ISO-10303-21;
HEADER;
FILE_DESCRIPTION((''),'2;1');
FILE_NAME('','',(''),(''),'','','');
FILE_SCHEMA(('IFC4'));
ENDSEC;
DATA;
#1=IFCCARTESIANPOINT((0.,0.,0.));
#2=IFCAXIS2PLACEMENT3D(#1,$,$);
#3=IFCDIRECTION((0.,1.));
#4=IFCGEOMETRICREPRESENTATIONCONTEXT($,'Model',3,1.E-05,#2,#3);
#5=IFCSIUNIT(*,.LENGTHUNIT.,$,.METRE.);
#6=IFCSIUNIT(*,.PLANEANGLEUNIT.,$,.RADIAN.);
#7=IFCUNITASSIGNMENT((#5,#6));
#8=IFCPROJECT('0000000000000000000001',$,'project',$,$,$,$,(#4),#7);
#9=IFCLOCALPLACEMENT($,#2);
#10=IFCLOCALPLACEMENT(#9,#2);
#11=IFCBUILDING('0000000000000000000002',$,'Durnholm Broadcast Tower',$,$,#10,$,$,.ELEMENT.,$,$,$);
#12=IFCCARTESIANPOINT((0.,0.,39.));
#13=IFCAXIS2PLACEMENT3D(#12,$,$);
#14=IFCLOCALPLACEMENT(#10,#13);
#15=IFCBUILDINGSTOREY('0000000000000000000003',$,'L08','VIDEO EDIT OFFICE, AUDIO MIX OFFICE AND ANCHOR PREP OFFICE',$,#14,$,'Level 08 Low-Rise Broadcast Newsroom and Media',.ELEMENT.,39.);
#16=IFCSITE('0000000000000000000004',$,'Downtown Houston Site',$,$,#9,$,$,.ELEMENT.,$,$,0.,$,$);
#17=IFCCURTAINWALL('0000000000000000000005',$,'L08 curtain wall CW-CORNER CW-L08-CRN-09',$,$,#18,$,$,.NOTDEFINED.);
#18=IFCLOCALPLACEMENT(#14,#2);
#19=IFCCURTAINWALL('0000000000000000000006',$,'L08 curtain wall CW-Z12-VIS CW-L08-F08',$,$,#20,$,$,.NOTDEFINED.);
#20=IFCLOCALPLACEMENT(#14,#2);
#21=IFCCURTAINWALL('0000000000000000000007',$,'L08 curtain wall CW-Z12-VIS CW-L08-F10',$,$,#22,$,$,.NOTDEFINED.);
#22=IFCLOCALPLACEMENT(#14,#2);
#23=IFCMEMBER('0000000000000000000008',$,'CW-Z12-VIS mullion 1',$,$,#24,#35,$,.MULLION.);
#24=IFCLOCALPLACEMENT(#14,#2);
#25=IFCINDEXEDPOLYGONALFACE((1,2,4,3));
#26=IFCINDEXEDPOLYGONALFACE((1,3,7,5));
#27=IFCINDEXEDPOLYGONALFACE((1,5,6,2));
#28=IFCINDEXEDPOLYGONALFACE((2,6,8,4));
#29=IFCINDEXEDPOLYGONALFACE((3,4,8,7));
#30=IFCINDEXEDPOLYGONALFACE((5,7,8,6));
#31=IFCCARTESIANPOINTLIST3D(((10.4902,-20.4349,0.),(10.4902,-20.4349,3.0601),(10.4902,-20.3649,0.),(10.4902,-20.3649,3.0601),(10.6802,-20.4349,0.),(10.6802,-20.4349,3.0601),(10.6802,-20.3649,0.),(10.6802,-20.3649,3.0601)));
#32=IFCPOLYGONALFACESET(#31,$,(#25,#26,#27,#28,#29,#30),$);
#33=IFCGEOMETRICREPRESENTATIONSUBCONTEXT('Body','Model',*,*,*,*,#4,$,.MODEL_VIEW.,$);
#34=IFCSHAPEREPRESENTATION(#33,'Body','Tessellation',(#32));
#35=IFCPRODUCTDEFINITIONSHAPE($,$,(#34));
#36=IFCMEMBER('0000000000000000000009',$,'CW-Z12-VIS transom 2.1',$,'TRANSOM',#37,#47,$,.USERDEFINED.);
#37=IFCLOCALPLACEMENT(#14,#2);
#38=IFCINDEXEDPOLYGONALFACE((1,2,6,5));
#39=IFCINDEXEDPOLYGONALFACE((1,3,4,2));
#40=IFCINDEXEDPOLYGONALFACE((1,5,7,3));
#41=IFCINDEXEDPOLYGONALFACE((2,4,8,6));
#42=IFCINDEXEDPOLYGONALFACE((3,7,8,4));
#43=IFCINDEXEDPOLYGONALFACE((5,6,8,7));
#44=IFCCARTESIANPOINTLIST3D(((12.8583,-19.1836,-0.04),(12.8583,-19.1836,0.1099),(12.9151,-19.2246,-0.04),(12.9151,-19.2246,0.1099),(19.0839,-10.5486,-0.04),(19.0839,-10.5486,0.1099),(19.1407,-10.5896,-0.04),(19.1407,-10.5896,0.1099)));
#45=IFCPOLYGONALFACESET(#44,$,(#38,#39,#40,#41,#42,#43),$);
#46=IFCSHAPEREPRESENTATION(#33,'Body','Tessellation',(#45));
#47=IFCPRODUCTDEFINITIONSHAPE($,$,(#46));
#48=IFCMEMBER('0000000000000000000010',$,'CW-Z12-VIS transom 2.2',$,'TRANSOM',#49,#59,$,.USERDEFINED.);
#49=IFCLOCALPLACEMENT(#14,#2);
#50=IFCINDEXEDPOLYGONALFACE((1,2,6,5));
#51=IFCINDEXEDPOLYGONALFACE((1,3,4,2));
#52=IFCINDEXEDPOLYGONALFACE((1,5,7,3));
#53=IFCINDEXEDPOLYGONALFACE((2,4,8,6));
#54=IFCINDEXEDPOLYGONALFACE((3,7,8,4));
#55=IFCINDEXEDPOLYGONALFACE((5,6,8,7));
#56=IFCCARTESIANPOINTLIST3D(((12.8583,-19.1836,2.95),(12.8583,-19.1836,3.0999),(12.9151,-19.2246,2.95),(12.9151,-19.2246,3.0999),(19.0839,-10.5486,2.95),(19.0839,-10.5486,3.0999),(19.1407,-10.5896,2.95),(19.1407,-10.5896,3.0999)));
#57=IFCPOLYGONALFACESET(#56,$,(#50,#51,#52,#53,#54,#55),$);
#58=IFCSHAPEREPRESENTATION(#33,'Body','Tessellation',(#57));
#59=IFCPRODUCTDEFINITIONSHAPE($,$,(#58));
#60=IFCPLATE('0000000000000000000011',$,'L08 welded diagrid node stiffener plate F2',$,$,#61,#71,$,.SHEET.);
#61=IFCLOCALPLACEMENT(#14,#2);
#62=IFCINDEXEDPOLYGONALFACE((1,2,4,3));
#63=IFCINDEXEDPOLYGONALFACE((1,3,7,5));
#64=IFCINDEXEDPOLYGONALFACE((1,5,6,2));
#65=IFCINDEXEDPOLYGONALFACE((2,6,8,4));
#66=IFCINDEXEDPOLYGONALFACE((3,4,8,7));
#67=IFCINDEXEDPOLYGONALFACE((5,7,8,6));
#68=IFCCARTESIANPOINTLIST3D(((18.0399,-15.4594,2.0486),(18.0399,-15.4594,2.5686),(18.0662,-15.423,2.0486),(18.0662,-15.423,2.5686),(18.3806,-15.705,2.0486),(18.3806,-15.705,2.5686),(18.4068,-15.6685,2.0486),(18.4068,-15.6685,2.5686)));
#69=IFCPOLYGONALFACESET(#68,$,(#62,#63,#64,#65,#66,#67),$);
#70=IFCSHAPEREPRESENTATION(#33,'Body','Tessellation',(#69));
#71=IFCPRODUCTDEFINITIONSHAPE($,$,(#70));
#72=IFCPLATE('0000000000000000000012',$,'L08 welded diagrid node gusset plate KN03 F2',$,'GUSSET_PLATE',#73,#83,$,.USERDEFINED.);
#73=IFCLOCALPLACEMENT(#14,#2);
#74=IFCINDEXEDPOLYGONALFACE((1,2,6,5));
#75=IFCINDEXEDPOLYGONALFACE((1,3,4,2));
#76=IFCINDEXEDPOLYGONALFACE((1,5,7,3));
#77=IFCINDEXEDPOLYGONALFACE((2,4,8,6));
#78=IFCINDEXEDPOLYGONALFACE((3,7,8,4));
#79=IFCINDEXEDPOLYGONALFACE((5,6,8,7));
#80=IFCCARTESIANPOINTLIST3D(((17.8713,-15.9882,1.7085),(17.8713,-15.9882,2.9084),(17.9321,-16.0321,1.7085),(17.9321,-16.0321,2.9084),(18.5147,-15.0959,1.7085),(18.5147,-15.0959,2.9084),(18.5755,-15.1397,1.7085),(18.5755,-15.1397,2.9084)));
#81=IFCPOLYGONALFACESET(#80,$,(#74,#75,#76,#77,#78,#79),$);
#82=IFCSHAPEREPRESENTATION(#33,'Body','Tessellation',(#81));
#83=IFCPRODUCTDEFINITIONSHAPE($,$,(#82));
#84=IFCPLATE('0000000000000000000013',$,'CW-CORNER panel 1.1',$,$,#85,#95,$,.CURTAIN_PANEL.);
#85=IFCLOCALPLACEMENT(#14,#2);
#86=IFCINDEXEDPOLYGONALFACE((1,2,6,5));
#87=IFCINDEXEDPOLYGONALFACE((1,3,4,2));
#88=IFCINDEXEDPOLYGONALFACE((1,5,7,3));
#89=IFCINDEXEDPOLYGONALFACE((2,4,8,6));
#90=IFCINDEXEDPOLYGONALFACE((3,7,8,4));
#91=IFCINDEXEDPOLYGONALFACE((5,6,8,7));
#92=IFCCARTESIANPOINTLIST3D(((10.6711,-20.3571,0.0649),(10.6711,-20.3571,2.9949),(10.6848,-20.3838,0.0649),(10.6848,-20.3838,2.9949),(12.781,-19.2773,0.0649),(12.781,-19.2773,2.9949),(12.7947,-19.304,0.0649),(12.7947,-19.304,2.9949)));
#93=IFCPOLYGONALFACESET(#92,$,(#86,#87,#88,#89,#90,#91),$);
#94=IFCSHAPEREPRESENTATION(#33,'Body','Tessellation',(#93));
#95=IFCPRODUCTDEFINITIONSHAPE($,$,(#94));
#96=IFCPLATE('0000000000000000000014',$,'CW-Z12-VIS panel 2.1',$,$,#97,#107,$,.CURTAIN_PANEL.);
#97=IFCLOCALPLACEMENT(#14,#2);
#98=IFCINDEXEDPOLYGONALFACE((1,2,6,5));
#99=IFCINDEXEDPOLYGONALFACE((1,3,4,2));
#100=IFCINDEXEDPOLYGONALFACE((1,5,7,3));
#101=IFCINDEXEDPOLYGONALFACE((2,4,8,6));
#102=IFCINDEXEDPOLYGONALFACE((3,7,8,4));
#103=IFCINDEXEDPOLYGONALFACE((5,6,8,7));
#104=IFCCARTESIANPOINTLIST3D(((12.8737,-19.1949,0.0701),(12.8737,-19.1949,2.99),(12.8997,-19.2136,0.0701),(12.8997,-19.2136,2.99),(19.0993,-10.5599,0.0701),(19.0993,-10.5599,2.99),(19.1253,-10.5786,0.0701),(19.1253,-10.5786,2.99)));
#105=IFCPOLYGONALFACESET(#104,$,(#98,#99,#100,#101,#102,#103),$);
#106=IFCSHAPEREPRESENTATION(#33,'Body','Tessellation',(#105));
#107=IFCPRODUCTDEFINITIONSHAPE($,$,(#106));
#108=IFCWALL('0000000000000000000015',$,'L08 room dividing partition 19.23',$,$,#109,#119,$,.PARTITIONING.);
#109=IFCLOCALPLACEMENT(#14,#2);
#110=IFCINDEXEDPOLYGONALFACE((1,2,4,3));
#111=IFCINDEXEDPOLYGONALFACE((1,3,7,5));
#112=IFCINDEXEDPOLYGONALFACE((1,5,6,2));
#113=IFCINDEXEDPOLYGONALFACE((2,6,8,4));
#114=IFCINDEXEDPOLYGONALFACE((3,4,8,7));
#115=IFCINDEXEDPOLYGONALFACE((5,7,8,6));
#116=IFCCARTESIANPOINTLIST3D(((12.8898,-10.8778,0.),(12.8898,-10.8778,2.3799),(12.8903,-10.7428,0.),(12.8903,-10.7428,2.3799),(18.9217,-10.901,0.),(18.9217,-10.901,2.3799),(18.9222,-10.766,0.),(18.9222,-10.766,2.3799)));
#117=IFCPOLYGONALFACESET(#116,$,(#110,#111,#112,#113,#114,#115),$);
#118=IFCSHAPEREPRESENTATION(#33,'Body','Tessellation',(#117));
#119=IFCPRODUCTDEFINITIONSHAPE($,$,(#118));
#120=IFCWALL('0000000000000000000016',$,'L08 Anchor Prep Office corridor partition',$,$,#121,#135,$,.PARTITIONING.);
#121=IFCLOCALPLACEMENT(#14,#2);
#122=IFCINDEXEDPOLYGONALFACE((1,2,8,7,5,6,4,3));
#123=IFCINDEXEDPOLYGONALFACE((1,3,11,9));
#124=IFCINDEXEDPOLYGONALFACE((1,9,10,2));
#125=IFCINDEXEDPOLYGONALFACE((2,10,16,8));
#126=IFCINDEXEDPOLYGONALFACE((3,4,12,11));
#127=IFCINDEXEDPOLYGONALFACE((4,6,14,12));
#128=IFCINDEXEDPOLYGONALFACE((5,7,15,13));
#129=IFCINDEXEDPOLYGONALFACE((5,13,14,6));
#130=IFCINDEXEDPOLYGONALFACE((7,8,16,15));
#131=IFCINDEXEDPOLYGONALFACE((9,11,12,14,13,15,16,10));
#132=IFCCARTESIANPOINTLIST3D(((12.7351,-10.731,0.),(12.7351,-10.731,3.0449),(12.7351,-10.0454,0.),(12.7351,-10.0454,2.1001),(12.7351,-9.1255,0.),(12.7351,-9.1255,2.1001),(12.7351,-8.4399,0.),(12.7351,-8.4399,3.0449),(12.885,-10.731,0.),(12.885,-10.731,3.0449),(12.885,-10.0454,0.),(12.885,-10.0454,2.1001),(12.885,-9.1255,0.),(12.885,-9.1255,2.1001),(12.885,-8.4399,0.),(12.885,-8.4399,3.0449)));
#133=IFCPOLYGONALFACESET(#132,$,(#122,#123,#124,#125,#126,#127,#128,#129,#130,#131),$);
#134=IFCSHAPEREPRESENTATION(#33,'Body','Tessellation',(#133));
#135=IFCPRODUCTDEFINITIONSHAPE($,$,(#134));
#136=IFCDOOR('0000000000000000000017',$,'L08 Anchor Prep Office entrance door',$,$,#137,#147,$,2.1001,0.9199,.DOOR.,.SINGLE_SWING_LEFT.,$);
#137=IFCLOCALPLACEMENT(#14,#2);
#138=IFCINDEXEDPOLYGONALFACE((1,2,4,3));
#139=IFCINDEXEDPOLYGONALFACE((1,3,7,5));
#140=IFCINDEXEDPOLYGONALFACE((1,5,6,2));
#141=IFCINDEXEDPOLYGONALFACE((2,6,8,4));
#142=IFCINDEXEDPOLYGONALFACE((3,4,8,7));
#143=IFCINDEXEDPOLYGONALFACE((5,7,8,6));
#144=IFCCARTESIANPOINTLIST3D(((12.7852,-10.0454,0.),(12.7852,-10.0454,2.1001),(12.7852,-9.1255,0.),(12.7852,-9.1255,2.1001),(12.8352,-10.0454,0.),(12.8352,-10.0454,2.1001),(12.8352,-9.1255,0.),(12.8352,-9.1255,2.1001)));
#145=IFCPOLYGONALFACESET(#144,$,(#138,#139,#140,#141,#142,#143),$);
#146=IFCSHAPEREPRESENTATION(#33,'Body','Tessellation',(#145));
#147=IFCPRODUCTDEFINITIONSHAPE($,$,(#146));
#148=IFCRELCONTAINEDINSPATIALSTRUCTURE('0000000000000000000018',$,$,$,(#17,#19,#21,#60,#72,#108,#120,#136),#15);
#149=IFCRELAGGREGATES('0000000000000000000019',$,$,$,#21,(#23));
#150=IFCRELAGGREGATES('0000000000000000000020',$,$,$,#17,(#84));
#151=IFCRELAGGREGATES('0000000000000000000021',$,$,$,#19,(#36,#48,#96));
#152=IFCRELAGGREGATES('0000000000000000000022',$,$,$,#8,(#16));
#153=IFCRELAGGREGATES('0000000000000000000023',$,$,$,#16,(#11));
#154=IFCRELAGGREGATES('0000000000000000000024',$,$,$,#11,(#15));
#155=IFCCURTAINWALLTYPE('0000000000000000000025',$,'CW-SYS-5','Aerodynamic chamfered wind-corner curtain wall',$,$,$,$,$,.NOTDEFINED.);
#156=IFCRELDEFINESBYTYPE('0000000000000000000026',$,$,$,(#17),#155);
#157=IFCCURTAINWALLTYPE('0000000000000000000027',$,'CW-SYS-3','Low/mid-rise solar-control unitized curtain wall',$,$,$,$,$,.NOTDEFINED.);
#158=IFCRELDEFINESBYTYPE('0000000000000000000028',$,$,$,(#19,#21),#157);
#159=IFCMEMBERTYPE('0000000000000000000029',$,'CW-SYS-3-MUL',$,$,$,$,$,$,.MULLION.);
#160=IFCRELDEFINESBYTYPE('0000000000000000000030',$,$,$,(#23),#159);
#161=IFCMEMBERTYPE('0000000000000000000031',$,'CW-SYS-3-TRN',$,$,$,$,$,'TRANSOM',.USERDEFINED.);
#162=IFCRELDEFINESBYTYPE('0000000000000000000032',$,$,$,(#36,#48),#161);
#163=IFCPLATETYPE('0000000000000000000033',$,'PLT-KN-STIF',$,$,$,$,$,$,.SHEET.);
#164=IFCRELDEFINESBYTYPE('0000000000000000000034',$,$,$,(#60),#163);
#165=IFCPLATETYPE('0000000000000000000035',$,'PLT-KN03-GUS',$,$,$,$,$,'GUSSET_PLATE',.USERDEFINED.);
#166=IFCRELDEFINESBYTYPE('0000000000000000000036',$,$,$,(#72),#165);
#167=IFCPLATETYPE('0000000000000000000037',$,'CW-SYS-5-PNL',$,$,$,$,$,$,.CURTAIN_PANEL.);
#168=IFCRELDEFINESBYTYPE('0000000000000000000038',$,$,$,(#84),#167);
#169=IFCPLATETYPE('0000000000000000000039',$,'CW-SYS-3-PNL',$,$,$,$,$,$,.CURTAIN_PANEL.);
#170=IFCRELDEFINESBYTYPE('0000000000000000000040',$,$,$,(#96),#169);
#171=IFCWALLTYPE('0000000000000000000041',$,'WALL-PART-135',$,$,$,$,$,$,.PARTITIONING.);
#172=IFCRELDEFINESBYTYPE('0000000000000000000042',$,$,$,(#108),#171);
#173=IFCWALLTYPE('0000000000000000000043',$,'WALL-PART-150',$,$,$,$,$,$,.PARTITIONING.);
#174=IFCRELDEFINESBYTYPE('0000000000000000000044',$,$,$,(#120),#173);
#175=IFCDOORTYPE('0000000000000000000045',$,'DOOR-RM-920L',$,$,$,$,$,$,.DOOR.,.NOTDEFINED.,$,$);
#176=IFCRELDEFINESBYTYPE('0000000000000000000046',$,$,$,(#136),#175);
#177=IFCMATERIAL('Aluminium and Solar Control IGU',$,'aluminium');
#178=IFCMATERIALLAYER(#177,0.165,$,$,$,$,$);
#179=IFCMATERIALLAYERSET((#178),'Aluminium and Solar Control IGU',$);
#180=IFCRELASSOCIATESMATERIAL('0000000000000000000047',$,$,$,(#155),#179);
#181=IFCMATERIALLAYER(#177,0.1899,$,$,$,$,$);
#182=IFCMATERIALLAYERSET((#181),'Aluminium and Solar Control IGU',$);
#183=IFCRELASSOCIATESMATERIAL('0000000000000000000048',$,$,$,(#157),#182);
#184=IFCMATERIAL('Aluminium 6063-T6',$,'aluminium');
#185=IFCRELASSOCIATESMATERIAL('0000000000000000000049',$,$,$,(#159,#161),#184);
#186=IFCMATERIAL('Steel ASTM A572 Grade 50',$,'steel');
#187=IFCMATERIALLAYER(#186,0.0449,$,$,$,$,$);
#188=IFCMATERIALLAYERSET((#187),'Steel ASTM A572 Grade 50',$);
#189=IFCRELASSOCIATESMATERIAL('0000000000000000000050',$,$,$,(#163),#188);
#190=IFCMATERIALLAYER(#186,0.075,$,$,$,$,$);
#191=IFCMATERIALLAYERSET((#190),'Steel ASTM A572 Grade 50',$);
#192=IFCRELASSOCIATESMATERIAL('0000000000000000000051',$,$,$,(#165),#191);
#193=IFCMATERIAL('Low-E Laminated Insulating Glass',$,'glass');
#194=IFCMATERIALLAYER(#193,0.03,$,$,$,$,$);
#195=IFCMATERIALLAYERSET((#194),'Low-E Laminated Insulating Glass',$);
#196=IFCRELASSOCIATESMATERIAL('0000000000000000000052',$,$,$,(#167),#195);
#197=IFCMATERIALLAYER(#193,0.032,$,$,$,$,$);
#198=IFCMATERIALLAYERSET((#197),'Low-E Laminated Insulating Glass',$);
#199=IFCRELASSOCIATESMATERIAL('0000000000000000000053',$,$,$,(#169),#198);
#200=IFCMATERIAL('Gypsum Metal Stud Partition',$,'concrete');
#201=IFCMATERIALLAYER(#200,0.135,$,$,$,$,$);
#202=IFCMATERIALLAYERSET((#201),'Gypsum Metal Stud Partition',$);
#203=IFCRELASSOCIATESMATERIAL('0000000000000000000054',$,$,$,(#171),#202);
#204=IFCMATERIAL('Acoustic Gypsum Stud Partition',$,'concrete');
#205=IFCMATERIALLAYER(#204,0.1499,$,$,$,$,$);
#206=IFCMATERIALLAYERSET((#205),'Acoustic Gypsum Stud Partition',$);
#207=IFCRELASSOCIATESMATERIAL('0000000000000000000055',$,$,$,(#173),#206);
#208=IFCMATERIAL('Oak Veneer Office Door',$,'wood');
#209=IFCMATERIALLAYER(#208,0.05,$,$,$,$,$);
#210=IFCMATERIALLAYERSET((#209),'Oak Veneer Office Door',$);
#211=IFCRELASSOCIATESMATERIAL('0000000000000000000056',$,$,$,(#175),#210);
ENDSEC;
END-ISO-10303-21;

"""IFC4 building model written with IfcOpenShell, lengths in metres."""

from ifc_helpers import new_model, si_unit, direction, frame, frame_2d, origin, origin_2d, place, context, subcontext, project, spatial, rectangle, extrude, source, transform, mapped, material, layer, layer_set, material_profile, profile_set, type_object, type_shapes, element, fill, aggregate, save


model = new_model("IFC4")

# Units and contexts
model_context = context("Model", 3, precision=1e-05, world=origin(), true_north=direction((0.0, 1.0)))
body_context = subcontext(model_context, "Body", "Model", "MODEL_VIEW")
ifc_project = project(units=[si_unit("LENGTHUNIT", "METRE"), si_unit("PLANEANGLEUNIT", "RADIAN")], contexts=[model_context])

# Site, building, storey
site_placement = place(None, origin())
site = spatial("IfcSite", under=ifc_project, at=site_placement, Name="Downtown Houston Site", CompositionType="ELEMENT", RefElevation=0.0)
building_placement = place(site_placement, origin())
building = spatial("IfcBuilding", under=site, at=building_placement, Name="Durnholm Broadcast Tower", CompositionType="ELEMENT")
storey_placement = place(building_placement, frame((0.0, 0.0, 39.0)))
storey = spatial("IfcBuildingStorey", under=building, at=storey_placement, Name="L08", Description="VIDEO EDIT OFFICE, AUDIO MIX OFFICE AND ANCHOR PREP OFFICE", LongName="Level 08 Low-Rise Broadcast Newsroom and Media", CompositionType="ELEMENT", Elevation=39.0)

# Curtain walls
ifc_material_1 = material(Name="Aluminium and Solar Control IGU", Category="aluminium")
ifc_layer_1 = layer(ifc_material_1, 0.165)
ifc_layer_set_1 = layer_set([ifc_layer_1], Name="Aluminium and Solar Control IGU")
curtain_wall_type_1 = type_object("IfcCurtainWallType", Name="CW-SYS-5", Description="Aerodynamic chamfered wind-corner curtain wall", PredefinedType="NOTDEFINED", material=ifc_layer_set_1)
curtain_wall_1_placement = place(storey_placement, origin())
curtain_wall_1 = element("IfcCurtainWall", 1, at=curtain_wall_1_placement, inside=storey, type_object=curtain_wall_type_1, Name="L08 curtain wall CW-CORNER CW-L08-CRN-09", PredefinedType="NOTDEFINED")
ifc_material_2 = material(Name="Aluminium 6063-T6", Category="aluminium")
ifc_layer_2 = layer(ifc_material_1, 0.1899)
ifc_layer_set_2 = layer_set([ifc_layer_2], Name="Aluminium and Solar Control IGU")
curtain_wall_type_2 = type_object("IfcCurtainWallType", Name="CW-SYS-3", Description="Low/mid-rise solar-control unitized curtain wall", PredefinedType="NOTDEFINED", material=ifc_layer_set_2)
curtain_wall_2_placement = place(storey_placement, origin())
curtain_wall_2 = element("IfcCurtainWall", 2, at=curtain_wall_2_placement, inside=storey, type_object=curtain_wall_type_2, Name="L08 curtain wall CW-Z12-VIS CW-L08-F08", PredefinedType="NOTDEFINED")
ifc_material_profile_1 = material_profile(ifc_material_2, rectangle(XDim=0.0701, YDim=0.1899, at=origin_2d()), Name="CWM70X190")
ifc_profile_set_1 = profile_set([ifc_material_profile_1], Name="Aluminium 6063-T6")
member_type_1 = type_object("IfcMemberType", Name="CW-SYS-3-MUL", PredefinedType="MULLION", material=ifc_profile_set_1)
shared_shape_1 = source(origin(), body_context, "Body", "SweptSolid", [
    extrude(rectangle(XDim=0.0701, YDim=0.1899, at=origin_2d()), origin(), (0.0, 0.0, 1.0), 3.0601),
])
type_shapes(member_type_1, [shared_shape_1])

# Curtain wall, member
curtain_wall_3_placement = place(storey_placement, origin())
curtain_wall_3 = element("IfcCurtainWall", 3, at=curtain_wall_3_placement, inside=storey, type_object=curtain_wall_type_2, Name="L08 curtain wall CW-Z12-VIS CW-L08-F10", PredefinedType="NOTDEFINED")
member_1_placement = place(storey_placement, frame((10.5852, -20.3999, 0.0), z_axis=(0.0, 0.0, 1.0), x_axis=(0.0, -1.0, 0.0)))
member_1 = element("IfcMember", 4, at=member_1_placement, type_object=member_type_1, Name="CW-Z12-VIS mullion 1", PredefinedType="MULLION", context=body_context, shape_type="MappedRepresentation", body=[
    mapped(shared_shape_1, transform((0.0, 0.0, 0.0), x_axis=(1.0, 0.0, 0.0), y_axis=(0.0, 1.0, 0.0), z_axis=(0.0, 0.0, 1.0), scale=1.0)),
])
aggregate(curtain_wall_3, [member_1])

# Members
ifc_material_profile_2 = material_profile(ifc_material_2, rectangle(XDim=0.0701, YDim=0.1499, at=origin_2d()), Name="CWT70X150")
ifc_profile_set_2 = profile_set([ifc_material_profile_2], Name="Aluminium 6063-T6")
member_type_2 = type_object("IfcMemberType", Name="CW-SYS-3-TRN", ElementType="TRANSOM", PredefinedType="USERDEFINED", material=ifc_profile_set_2)
shared_shape_2 = source(origin(), body_context, "Body", "SweptSolid", [
    extrude(rectangle(XDim=0.0701, YDim=0.1499, at=origin_2d()), origin(), (0.0, 0.0, 1.0), 10.6453),
])
type_shapes(member_type_2, [shared_shape_2])
member_2_placement = place(storey_placement, frame((19.1123, -10.5691, 0.0349), z_axis=(-0.584823, -0.811161, 0.0), x_axis=(0.811161, -0.584823, 0.0)))
member_2 = element("IfcMember", 5, at=member_2_placement, type_object=member_type_2, Name="CW-Z12-VIS transom 2.1", ObjectType="TRANSOM", PredefinedType="USERDEFINED", context=body_context, shape_type="MappedRepresentation", body=[
    mapped(shared_shape_2, transform((0.0, 0.0, 0.0), x_axis=(1.0, 0.0, 0.0), y_axis=(0.0, 1.0, 0.0), z_axis=(0.0, 0.0, 1.0), scale=1.0)),
])
member_3_placement = place(storey_placement, frame((19.1123, -10.5691, 3.0249), z_axis=(-0.584823, -0.811161, 0.0), x_axis=(0.811161, -0.584823, 0.0)))
member_3 = element("IfcMember", 6, at=member_3_placement, type_object=member_type_2, Name="CW-Z12-VIS transom 2.2", ObjectType="TRANSOM", PredefinedType="USERDEFINED", context=body_context, shape_type="MappedRepresentation", body=[
    mapped(shared_shape_2, transform((0.0, 0.0, 0.0), x_axis=(1.0, 0.0, 0.0), y_axis=(0.0, 1.0, 0.0), z_axis=(0.0, 0.0, 1.0), scale=1.0)),
])

# Plates
ifc_material_3 = material(Name="Steel ASTM A572 Grade 50", Category="steel")
ifc_layer_3 = layer(ifc_material_3, 0.0449)
ifc_layer_set_3 = layer_set([ifc_layer_3], Name="Steel ASTM A572 Grade 50")
plate_type_1 = type_object("IfcPlateType", Name="PLT-KN-STIF", PredefinedType="SHEET", material=ifc_layer_set_3)
shared_shape_3 = source(origin(), body_context, "Body", "SweptSolid", [
    extrude(rectangle(XDim=0.0449, YDim=0.4199, at=origin_2d()), origin(), (0.0, 0.0, 1.0), 0.52),
])
type_shapes(plate_type_1, [shared_shape_3])
plate_1_placement = place(storey_placement, frame((18.2234, -15.564, 2.0486), z_axis=(0.0, 0.0, 1.0), x_axis=(0.584816, 0.811166, 0.0)))
element("IfcPlate", 7, at=plate_1_placement, inside=storey, type_object=plate_type_1, Name="L08 welded diagrid node stiffener plate F2", PredefinedType="SHEET", context=body_context, shape_type="MappedRepresentation", body=[
    mapped(shared_shape_3, transform((0.0, 0.0, 0.0), x_axis=(1.0, 0.0, 0.0), y_axis=(0.0, 1.0, 0.0), z_axis=(0.0, 0.0, 1.0), scale=1.0)),
])
ifc_layer_4 = layer(ifc_material_3, 0.075)
ifc_layer_set_4 = layer_set([ifc_layer_4], Name="Steel ASTM A572 Grade 50")
plate_type_2 = type_object("IfcPlateType", Name="PLT-KN03-GUS", ElementType="GUSSET_PLATE", PredefinedType="USERDEFINED", material=ifc_layer_set_4)
shared_shape_4 = source(origin(), body_context, "Body", "SweptSolid", [
    extrude(rectangle(XDim=1.1001, YDim=0.075, at=origin_2d()), origin(), (0.0, 0.0, 1.0), 1.2),
])
type_shapes(plate_type_2, [shared_shape_4])
plate_2_placement = place(storey_placement, frame((18.2234, -15.564, 1.7085), z_axis=(0.0, 0.0, 1.0), x_axis=(0.584816, 0.811166, 0.0)))
element("IfcPlate", 8, at=plate_2_placement, inside=storey, type_object=plate_type_2, Name="L08 welded diagrid node gusset plate KN03 F2", ObjectType="GUSSET_PLATE", PredefinedType="USERDEFINED", context=body_context, shape_type="MappedRepresentation", body=[
    mapped(shared_shape_4, transform((0.0, 0.0, 0.0), x_axis=(1.0, 0.0, 0.0), y_axis=(0.0, 1.0, 0.0), z_axis=(0.0, 0.0, 1.0), scale=1.0)),
])

# Plates
ifc_material_4 = material(Name="Low-E Laminated Insulating Glass", Category="glass")
ifc_layer_5 = layer(ifc_material_4, 0.03)
ifc_layer_set_5 = layer_set([ifc_layer_5], Name="Low-E Laminated Insulating Glass")
plate_type_3 = type_object("IfcPlateType", Name="CW-SYS-5-PNL", PredefinedType="CURTAIN_PANEL", material=ifc_layer_set_5)
shared_shape_5 = source(origin(), body_context, "Body", "SweptSolid", [
    extrude(rectangle(XDim=2.3701, YDim=0.03, at=origin_2d()), origin(), (0.0, 0.0, 1.0), 2.9299),
])
type_shapes(plate_type_3, [shared_shape_5])
plate_3_placement = place(storey_placement, frame((11.7329, -19.8306, 0.0649), z_axis=(0.0, 0.0, 1.0), x_axis=(-0.890188, -0.455594, 0.0)))
plate_3 = element("IfcPlate", 9, at=plate_3_placement, type_object=plate_type_3, Name="CW-CORNER panel 1.1", PredefinedType="CURTAIN_PANEL", context=body_context, shape_type="MappedRepresentation", body=[
    mapped(shared_shape_5, transform((0.0, 0.0, 0.0), x_axis=(1.0, 0.0, 0.0), y_axis=(0.0, 1.0, 0.0), z_axis=(0.0, 0.0, 1.0), scale=1.0)),
])
aggregate(curtain_wall_1, [plate_3])
ifc_layer_6 = layer(ifc_material_4, 0.032)
ifc_layer_set_6 = layer_set([ifc_layer_6], Name="Low-E Laminated Insulating Glass")
plate_type_4 = type_object("IfcPlateType", Name="CW-SYS-3-PNL", PredefinedType="CURTAIN_PANEL", material=ifc_layer_set_6)
shared_shape_6 = source(origin(), body_context, "Body", "SweptSolid", [
    extrude(rectangle(XDim=10.6453, YDim=0.032, at=origin_2d()), origin(), (0.0, 0.0, 1.0), 2.9199),
])
type_shapes(plate_type_4, [shared_shape_6])
plate_4_placement = place(storey_placement, frame((15.9995, -14.8867, 0.0701), z_axis=(0.0, 0.0, 1.0), x_axis=(-0.584823, -0.811161, 0.0)))
plate_4 = element("IfcPlate", 10, at=plate_4_placement, type_object=plate_type_4, Name="CW-Z12-VIS panel 2.1", PredefinedType="CURTAIN_PANEL", context=body_context, shape_type="MappedRepresentation", body=[
    mapped(shared_shape_6, transform((0.0, 0.0, 0.0), x_axis=(1.0, 0.0, 0.0), y_axis=(0.0, 1.0, 0.0), z_axis=(0.0, 0.0, 1.0), scale=1.0)),
])
aggregate(curtain_wall_2, [member_2, member_3, plate_4])

# Wall
ifc_material_5 = material(Name="Gypsum Metal Stud Partition", Category="concrete")
ifc_layer_7 = layer(ifc_material_5, 0.135)
ifc_layer_set_7 = layer_set([ifc_layer_7], Name="Gypsum Metal Stud Partition")
wall_type_1 = type_object("IfcWallType", Name="WALL-PART-135", PredefinedType="PARTITIONING", material=ifc_layer_set_7)
wall_1_placement = place(storey_placement, frame((12.8899, -10.8103, 0.0), z_axis=(0.0, 0.0, 1.0), x_axis=(0.999993, -0.003845, 0.0)))
element("IfcWall", 11, at=wall_1_placement, inside=storey, type_object=wall_type_1, Name="L08 room dividing partition 19.23", PredefinedType="PARTITIONING", context=body_context, shape_type="SweptSolid", body=[
    extrude(rectangle(XDim=6.032, YDim=0.135, at=frame_2d((3.0161, 0.0))), origin(), (0.0, 0.0, 1.0), 2.3799),
])

# Wall, opening, door
ifc_material_6 = material(Name="Acoustic Gypsum Stud Partition", Category="concrete")
ifc_layer_8 = layer(ifc_material_6, 0.1499)
ifc_layer_set_8 = layer_set([ifc_layer_8], Name="Acoustic Gypsum Stud Partition")
wall_type_2 = type_object("IfcWallType", Name="WALL-PART-150", PredefinedType="PARTITIONING", material=ifc_layer_set_8)
wall_2_placement = place(storey_placement, frame((12.8101, -10.731, 0.0), z_axis=(0.0, 0.0, 1.0), x_axis=(0.0, 1.0, 0.0)))
wall_2 = element("IfcWall", 12, at=wall_2_placement, inside=storey, type_object=wall_type_2, Name="L08 Anchor Prep Office corridor partition", PredefinedType="PARTITIONING", context=body_context, shape_type="SweptSolid", body=[
    extrude(rectangle(XDim=2.291, YDim=0.1499, at=frame_2d((1.1455, 0.0))), origin(), (0.0, 0.0, 1.0), 3.0449),
])
opening_placement = place(wall_2_placement, frame((0.6855, 0.0, 0.0)))
opening = element("IfcOpeningElement", 13, at=opening_placement, cuts=wall_2, PredefinedType="OPENING", context=body_context, shape_type="SweptSolid", body=[
    extrude(rectangle(XDim=0.9199, YDim=2.1001, at=frame_2d((0.46, 1.05))), frame((0.0, 0.085, 0.0), z_axis=(0.0, -1.0, 0.0), x_axis=(1.0, 0.0, 0.0)), (0.0, 0.0, 1.0), 0.1699),
])
ifc_material_7 = material(Name="Oak Veneer Office Door", Category="wood")
ifc_layer_9 = layer(ifc_material_7, 0.05)
ifc_layer_set_9 = layer_set([ifc_layer_9], Name="Oak Veneer Office Door")
door_type = type_object("IfcDoorType", Name="DOOR-RM-920L", OperationType="NOTDEFINED", PredefinedType="DOOR", material=ifc_layer_set_9)
shared_shape_7 = source(origin(), body_context, "Body", "SweptSolid", [
    extrude(rectangle(XDim=0.9199, YDim=2.1001, at=frame_2d((0.46, 1.05))), frame((0.0, 0.0249, 0.0), z_axis=(0.0, -1.0, 0.0), x_axis=(1.0, 0.0, 0.0)), (0.0, 0.0, 1.0), 0.05),
])
type_shapes(door_type, [shared_shape_7])
door_placement = place(opening_placement, origin())
door = element("IfcDoor", 14, at=door_placement, inside=storey, type_object=door_type, Name="L08 Anchor Prep Office entrance door", OperationType="SINGLE_SWING_LEFT", OverallHeight=2.1001, OverallWidth=0.9199, PredefinedType="DOOR", context=body_context, shape_type="MappedRepresentation", body=[
    mapped(shared_shape_7, transform((0.0, 0.0, 0.0), x_axis=(1.0, 0.0, 0.0), y_axis=(0.0, 1.0, 0.0), z_axis=(0.0, 0.0, 1.0), scale=1.0)),
])
fill(opening, door)

save(model, "model.ifc")
